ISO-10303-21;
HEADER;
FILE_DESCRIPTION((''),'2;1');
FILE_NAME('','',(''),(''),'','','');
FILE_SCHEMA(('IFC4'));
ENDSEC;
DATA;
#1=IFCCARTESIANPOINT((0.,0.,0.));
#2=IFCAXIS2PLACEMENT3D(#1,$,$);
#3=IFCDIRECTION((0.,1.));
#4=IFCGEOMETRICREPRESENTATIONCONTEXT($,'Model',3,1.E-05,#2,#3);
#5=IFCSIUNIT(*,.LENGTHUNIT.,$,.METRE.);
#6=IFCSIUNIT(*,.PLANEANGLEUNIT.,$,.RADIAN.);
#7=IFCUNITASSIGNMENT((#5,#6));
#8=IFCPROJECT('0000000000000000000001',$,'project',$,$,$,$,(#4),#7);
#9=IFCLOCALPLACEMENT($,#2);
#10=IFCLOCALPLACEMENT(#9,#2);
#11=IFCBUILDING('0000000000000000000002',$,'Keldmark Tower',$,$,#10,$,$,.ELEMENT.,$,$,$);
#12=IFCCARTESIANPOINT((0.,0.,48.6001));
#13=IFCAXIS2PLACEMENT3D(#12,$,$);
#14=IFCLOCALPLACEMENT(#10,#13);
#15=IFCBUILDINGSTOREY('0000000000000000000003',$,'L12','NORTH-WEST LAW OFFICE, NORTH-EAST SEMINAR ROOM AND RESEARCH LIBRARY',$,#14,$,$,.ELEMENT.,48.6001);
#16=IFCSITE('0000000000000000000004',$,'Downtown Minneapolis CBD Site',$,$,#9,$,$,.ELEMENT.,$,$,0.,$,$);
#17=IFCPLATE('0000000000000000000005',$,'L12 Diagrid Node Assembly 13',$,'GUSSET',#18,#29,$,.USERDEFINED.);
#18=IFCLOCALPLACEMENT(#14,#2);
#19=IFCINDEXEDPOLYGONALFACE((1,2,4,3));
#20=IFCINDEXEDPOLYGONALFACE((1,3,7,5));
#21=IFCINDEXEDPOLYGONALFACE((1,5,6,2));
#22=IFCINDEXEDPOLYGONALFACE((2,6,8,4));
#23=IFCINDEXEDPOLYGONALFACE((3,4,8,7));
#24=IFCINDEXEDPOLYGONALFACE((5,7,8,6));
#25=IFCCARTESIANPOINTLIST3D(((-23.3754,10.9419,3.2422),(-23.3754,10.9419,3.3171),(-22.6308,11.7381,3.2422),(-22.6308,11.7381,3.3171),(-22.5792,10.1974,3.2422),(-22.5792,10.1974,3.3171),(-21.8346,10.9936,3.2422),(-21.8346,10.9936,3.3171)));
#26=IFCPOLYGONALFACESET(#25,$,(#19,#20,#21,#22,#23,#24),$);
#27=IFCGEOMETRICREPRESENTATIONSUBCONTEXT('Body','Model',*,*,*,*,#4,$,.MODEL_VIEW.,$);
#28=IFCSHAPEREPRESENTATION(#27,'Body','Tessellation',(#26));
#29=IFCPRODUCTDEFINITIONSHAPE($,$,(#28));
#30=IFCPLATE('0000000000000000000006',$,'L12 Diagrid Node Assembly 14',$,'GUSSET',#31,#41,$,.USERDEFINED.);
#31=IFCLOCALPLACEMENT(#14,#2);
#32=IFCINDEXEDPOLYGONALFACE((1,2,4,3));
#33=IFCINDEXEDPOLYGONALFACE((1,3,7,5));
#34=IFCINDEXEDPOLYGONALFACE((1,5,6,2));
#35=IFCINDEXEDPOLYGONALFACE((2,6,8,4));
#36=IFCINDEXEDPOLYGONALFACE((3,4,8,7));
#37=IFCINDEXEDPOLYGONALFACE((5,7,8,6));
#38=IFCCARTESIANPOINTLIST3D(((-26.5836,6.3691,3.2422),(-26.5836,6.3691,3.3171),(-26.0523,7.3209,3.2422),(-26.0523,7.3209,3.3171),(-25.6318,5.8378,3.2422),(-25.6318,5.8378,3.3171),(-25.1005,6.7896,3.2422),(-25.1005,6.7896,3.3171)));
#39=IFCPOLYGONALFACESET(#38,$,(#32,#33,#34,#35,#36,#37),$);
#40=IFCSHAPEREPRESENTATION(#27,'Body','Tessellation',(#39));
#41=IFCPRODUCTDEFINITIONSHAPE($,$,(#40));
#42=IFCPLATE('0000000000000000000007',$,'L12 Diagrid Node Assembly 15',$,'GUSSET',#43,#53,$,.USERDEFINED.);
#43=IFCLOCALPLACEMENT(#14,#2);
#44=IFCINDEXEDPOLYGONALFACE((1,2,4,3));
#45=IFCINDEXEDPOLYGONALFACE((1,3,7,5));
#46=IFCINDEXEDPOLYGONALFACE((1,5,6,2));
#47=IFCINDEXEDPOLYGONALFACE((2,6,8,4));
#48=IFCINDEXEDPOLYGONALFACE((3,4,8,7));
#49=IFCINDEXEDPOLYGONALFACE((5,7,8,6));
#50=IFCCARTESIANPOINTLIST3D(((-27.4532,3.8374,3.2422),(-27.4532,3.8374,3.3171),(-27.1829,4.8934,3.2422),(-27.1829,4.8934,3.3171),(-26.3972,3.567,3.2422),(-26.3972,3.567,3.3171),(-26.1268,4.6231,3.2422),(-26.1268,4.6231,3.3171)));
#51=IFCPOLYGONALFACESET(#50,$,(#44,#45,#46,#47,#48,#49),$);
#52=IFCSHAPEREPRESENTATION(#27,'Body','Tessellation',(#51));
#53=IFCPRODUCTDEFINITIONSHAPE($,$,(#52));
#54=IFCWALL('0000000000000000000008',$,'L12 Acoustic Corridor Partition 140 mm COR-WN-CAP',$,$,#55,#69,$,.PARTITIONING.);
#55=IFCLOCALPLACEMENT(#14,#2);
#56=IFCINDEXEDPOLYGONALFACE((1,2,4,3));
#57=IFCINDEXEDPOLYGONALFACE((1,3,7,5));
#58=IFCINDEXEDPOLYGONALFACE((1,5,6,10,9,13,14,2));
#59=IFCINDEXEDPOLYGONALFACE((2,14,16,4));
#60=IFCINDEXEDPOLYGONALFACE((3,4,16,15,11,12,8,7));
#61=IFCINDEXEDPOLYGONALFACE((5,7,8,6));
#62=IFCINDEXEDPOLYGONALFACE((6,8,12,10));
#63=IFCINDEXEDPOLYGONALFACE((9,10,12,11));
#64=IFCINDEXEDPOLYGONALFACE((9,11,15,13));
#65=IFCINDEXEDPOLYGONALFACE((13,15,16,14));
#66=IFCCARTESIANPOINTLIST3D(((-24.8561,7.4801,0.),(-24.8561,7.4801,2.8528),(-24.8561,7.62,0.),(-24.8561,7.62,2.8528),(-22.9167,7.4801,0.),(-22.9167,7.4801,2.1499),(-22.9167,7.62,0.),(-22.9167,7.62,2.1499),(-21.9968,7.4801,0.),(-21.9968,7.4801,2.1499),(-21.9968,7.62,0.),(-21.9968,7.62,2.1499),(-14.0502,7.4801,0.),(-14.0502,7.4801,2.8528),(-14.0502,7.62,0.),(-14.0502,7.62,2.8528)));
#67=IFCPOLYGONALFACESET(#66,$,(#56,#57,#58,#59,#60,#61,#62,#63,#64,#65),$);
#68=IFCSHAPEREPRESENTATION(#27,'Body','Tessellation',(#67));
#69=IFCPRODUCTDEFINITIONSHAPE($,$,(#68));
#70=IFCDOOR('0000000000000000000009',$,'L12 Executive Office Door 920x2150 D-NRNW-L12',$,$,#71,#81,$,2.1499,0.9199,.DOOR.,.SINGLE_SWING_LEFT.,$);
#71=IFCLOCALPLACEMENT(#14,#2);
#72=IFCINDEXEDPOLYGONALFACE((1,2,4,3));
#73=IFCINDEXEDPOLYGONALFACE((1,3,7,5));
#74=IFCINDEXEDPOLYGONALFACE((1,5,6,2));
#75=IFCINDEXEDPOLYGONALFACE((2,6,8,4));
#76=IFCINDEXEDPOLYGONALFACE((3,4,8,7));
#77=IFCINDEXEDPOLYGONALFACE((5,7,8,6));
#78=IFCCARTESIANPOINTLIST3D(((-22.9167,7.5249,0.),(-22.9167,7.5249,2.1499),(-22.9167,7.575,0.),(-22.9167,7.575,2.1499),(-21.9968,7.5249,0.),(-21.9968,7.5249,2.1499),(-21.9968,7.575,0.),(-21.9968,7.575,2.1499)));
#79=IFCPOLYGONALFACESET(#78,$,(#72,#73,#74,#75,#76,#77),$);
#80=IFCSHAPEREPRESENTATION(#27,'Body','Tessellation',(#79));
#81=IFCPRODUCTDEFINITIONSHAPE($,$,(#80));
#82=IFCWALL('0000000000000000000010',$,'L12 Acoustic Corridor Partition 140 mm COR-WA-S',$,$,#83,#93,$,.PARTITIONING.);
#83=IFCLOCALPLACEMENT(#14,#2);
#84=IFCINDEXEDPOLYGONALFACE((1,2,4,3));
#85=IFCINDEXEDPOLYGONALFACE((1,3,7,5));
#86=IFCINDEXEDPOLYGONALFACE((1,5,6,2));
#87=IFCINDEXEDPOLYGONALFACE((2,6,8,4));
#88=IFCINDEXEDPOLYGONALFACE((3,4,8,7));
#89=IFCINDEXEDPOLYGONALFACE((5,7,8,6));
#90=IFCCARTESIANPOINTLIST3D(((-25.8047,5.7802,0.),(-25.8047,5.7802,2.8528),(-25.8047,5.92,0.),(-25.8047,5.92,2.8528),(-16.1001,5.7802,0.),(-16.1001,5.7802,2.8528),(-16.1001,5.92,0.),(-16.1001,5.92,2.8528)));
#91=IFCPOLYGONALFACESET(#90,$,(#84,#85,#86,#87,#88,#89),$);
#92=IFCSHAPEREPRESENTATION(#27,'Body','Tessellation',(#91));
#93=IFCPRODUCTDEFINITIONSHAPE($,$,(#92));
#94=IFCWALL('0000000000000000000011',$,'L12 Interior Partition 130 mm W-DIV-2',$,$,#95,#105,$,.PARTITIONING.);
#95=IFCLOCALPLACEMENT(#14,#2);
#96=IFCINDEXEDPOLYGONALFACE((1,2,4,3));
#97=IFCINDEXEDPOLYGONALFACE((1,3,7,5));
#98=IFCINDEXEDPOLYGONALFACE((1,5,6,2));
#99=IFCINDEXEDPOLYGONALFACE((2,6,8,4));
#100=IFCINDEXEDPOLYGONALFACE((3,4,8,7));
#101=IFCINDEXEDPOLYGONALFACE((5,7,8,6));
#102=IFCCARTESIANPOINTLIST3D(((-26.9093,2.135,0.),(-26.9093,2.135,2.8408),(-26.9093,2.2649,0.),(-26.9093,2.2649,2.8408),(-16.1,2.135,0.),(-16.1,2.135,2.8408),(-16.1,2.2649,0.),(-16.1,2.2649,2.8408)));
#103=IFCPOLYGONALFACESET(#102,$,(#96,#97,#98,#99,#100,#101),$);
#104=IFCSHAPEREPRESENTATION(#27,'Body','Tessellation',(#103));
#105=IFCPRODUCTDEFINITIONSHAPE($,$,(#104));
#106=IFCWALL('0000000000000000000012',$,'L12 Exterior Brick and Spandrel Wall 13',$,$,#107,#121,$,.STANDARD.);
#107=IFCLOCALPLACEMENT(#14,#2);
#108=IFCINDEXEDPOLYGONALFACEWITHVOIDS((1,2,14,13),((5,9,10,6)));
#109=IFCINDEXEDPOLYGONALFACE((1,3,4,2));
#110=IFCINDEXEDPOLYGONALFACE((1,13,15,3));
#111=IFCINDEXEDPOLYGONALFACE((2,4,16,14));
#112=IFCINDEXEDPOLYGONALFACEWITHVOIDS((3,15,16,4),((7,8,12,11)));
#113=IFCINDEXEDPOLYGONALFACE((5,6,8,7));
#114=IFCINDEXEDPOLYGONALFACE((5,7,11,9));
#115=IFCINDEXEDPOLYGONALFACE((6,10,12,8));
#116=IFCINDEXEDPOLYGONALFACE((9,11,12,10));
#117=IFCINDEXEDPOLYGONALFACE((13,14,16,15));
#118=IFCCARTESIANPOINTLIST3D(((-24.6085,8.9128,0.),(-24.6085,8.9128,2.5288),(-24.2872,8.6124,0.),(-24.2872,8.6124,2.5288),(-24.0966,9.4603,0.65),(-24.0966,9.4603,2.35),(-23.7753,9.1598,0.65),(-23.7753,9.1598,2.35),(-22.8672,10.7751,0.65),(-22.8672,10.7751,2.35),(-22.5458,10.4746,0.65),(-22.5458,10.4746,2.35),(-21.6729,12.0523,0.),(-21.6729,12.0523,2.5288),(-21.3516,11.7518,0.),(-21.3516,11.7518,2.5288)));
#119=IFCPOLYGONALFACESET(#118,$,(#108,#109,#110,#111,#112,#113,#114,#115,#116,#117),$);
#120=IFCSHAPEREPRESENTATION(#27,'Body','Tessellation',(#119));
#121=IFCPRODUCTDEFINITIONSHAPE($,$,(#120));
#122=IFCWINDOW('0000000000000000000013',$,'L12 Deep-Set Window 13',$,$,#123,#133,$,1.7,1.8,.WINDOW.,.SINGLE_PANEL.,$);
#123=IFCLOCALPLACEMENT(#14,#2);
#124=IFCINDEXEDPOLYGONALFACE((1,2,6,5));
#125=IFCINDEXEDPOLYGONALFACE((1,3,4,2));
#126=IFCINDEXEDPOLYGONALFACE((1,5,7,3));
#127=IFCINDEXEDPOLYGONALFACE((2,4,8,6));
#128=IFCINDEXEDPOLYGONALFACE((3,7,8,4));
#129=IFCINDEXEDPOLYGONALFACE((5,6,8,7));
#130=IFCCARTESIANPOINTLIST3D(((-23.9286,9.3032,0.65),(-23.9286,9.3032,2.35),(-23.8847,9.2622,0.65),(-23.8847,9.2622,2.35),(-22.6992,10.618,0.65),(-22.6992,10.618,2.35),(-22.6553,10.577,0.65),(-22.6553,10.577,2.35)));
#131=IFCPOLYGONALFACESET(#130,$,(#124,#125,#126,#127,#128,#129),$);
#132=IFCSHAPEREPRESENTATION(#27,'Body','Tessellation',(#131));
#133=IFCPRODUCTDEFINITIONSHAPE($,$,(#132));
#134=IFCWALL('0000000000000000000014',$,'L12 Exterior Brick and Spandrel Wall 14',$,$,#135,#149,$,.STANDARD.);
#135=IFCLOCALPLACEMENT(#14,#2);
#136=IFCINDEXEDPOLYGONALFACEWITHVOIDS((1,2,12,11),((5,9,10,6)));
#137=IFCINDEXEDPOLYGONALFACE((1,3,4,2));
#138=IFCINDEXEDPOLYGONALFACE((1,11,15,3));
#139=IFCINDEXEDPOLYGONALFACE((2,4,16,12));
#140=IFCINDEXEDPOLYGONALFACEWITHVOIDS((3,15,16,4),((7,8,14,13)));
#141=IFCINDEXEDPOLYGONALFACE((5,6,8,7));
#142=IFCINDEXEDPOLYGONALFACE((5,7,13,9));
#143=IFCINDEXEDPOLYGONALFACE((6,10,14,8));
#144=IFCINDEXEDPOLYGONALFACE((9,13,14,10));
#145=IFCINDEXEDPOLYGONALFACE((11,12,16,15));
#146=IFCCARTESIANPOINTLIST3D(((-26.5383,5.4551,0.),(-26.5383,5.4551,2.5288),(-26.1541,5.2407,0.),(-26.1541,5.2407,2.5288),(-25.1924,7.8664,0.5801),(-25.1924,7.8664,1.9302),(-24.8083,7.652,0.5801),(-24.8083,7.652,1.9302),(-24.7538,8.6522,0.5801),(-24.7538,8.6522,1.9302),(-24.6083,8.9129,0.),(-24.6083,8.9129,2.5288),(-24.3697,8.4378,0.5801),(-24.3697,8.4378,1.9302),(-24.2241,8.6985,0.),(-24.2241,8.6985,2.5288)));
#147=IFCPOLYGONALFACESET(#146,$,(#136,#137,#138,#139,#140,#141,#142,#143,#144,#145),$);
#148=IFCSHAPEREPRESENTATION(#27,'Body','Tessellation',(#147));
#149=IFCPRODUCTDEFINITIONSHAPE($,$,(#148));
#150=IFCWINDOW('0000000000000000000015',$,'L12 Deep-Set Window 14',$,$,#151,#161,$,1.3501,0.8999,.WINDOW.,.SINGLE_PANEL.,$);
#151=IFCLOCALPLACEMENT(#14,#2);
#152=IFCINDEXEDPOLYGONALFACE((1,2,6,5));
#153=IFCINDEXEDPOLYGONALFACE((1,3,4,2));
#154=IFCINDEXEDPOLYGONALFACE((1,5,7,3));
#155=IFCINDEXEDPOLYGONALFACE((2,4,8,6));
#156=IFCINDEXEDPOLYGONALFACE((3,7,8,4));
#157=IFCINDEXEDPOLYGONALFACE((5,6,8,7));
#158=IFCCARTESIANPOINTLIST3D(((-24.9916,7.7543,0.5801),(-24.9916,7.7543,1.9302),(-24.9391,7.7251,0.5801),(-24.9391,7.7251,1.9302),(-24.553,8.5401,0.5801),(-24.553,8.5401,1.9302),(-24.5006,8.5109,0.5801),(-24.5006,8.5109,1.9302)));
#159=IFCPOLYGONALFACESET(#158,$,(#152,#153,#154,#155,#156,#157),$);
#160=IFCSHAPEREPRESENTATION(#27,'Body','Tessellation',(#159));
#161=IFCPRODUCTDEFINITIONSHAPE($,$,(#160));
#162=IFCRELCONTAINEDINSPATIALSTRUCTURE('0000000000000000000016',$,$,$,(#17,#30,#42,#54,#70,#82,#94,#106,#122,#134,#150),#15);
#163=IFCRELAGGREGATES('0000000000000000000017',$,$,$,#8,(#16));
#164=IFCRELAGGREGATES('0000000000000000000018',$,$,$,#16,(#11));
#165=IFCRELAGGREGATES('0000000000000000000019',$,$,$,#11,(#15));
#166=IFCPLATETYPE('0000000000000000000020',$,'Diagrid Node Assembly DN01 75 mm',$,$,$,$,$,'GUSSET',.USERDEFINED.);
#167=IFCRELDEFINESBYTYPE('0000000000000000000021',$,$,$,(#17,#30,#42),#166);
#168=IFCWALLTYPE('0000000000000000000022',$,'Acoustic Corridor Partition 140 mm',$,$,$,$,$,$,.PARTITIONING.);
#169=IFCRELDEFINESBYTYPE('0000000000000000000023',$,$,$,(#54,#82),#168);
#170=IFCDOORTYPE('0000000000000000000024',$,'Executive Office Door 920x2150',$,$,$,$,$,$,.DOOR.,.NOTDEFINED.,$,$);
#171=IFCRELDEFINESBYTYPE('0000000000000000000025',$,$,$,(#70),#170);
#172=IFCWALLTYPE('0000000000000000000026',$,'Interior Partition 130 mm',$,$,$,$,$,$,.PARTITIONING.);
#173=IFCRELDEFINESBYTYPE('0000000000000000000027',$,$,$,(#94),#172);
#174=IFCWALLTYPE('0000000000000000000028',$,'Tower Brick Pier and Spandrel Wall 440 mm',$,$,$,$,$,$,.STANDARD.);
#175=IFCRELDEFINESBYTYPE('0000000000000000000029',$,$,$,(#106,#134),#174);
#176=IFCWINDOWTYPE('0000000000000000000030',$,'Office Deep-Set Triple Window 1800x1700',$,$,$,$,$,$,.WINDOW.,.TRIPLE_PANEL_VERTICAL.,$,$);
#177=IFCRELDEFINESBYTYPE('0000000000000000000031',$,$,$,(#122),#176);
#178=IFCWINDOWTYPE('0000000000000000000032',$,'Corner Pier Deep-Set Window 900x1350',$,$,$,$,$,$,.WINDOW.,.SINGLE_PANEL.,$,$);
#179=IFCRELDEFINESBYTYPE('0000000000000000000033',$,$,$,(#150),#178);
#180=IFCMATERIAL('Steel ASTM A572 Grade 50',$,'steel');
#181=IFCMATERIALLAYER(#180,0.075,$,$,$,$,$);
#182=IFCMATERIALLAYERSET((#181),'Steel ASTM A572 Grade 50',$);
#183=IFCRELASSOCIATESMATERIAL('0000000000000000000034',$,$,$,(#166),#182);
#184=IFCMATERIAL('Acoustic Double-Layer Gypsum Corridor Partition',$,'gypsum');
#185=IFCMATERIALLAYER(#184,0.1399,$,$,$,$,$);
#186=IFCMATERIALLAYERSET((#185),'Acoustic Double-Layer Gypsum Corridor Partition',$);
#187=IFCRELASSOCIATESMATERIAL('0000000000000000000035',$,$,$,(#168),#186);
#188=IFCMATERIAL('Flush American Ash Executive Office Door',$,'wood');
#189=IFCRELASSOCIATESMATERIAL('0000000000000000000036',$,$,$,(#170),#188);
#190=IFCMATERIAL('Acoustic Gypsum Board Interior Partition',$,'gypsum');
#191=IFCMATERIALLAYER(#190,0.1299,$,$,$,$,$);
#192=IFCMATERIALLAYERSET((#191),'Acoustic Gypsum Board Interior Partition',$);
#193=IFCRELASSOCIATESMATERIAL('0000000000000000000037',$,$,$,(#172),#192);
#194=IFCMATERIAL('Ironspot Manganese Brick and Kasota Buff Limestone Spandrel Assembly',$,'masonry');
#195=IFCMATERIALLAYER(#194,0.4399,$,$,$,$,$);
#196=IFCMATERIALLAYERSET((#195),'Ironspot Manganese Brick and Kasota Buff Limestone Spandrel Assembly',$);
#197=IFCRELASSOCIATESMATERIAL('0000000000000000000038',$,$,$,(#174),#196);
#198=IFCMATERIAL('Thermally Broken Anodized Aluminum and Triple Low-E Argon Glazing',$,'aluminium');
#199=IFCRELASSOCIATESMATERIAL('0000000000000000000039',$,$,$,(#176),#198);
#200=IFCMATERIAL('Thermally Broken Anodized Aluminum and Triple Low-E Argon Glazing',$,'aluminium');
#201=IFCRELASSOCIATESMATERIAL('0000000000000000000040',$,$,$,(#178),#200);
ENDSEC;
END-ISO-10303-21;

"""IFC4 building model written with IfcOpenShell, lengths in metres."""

from ifc_helpers import new_model, si_unit, direction, frame, frame_2d, origin, origin_2d, place, context, subcontext, project, spatial, rectangle, extrude, material, layer, layer_set, type_object, element, fill, save


model = new_model("IFC4")

# Units and contexts
model_context = context("Model", 3, precision=1e-05, world=origin(), true_north=direction((0.0, 1.0)))
body_context = subcontext(model_context, "Body", "Model", "MODEL_VIEW")
ifc_project = project(units=[si_unit("LENGTHUNIT", "METRE"), si_unit("PLANEANGLEUNIT", "RADIAN")], contexts=[model_context])

# Site, building, storey
site_placement = place(None, origin())
site = spatial("IfcSite", under=ifc_project, at=site_placement, Name="Downtown Minneapolis CBD Site", CompositionType="ELEMENT", RefElevation=0.0)
building_placement = place(site_placement, origin())
building = spatial("IfcBuilding", under=site, at=building_placement, Name="Keldmark Tower", CompositionType="ELEMENT")
storey_placement = place(building_placement, frame((0.0, 0.0, 48.6001)))
storey = spatial("IfcBuildingStorey", under=building, at=storey_placement, Name="L12", Description="NORTH-WEST LAW OFFICE, NORTH-EAST SEMINAR ROOM AND RESEARCH LIBRARY", CompositionType="ELEMENT", Elevation=48.6001)

# Plates
ifc_material_1 = material(Name="Steel ASTM A572 Grade 50", Category="steel")
ifc_layer_1 = layer(ifc_material_1, 0.075)
ifc_layer_set_1 = layer_set([ifc_layer_1], Name="Steel ASTM A572 Grade 50")
plate_type = type_object("IfcPlateType", Name="Diagrid Node Assembly DN01 75 mm", ElementType="GUSSET", PredefinedType="USERDEFINED", material=ifc_layer_set_1)
for number, where, z_axis, x_axis, name in (
    (1, (-22.605, 10.9678, 3.2422), (0.0, 0.0, 1.0), (-0.683019, -0.730401, 0.0), "L12 Diagrid Node Assembly 13"),
    (2, (-25.842, 6.5793, 3.2422), (0.0, 0.0, 1.0), (-0.487403, -0.873177, 0.0), "L12 Diagrid Node Assembly 14"),
    (3, (-26.79, 4.2302, 3.2422), (0.0, 0.0, 1.0), (-0.248014, -0.968757, 0.0), "L12 Diagrid Node Assembly 15"),
):
    element("IfcPlate", number, at=place(storey_placement, frame(where, z_axis=z_axis, x_axis=x_axis)), inside=storey, type_object=plate_type, Name=name, ObjectType="GUSSET", PredefinedType="USERDEFINED", context=body_context, shape_type="SweptSolid", body=[
        extrude(rectangle(XDim=1.0901, YDim=1.0901, at=origin_2d()), origin(), (0.0, 0.0, 1.0), 0.075),
    ])

# Wall, opening, door
ifc_material_2 = material(Name="Acoustic Double-Layer Gypsum Corridor Partition", Category="gypsum")
ifc_layer_2 = layer(ifc_material_2, 0.1399)
ifc_layer_set_2 = layer_set([ifc_layer_2], Name="Acoustic Double-Layer Gypsum Corridor Partition")
wall_type_1 = type_object("IfcWallType", Name="Acoustic Corridor Partition 140 mm", PredefinedType="PARTITIONING", material=ifc_layer_set_2)
wall_1_placement = place(storey_placement, frame((-24.856, 7.55, 0.0), z_axis=(0.0, 0.0, 1.0), x_axis=(1.0, 0.0, 0.0)))
wall_1 = element("IfcWall", 4, at=wall_1_placement, inside=storey, type_object=wall_type_1, Name="L12 Acoustic Corridor Partition 140 mm COR-WN-CAP", PredefinedType="PARTITIONING", context=body_context, shape_type="SweptSolid", body=[
    extrude(rectangle(XDim=10.8059, YDim=0.1399, at=frame_2d((5.4028, 0.0))), origin(), (0.0, 0.0, 1.0), 2.8528),
])
opening_1_placement = place(wall_1_placement, frame((1.9392, 0.0, 0.0)))
opening_1 = element("IfcOpeningElement", 5, at=opening_1_placement, cuts=wall_1, PredefinedType="OPENING", context=body_context, shape_type="SweptSolid", body=[
    extrude(rectangle(XDim=0.9199, YDim=2.1499, at=frame_2d((0.46, 1.075))), frame((0.0, 0.0798, 0.0), z_axis=(0.0, -1.0, 0.0), x_axis=(1.0, 0.0, 0.0)), (0.0, 0.0, 1.0), 0.1599),
])
ifc_material_3 = material(Name="Flush American Ash Executive Office Door", Category="wood")
door_type = type_object("IfcDoorType", Name="Executive Office Door 920x2150", OperationType="NOTDEFINED", PredefinedType="DOOR", material=ifc_material_3)
door_placement = place(opening_1_placement, origin())
door = element("IfcDoor", 6, at=door_placement, inside=storey, type_object=door_type, Name="L12 Executive Office Door 920x2150 D-NRNW-L12", OperationType="SINGLE_SWING_LEFT", OverallHeight=2.1499, OverallWidth=0.9199, PredefinedType="DOOR", context=body_context, shape_type="SweptSolid", body=[
    extrude(rectangle(XDim=0.9199, YDim=2.1499, at=frame_2d((0.46, 1.075))), frame((0.0, 0.0249, 0.0), z_axis=(0.0, -1.0, 0.0), x_axis=(1.0, 0.0, 0.0)), (0.0, 0.0, 1.0), 0.05),
])
fill(opening_1, door)

# Walls
wall_2_placement = place(storey_placement, frame((-25.8047, 5.8501, 0.0), z_axis=(0.0, 0.0, 1.0), x_axis=(1.0, 0.0, 0.0)))
element("IfcWall", 7, at=wall_2_placement, inside=storey, type_object=wall_type_1, Name="L12 Acoustic Corridor Partition 140 mm COR-WA-S", PredefinedType="PARTITIONING", context=body_context, shape_type="SweptSolid", body=[
    extrude(rectangle(XDim=9.7046, YDim=0.1399, at=frame_2d((4.8523, 0.0))), origin(), (0.0, 0.0, 1.0), 2.8528),
])
ifc_material_4 = material(Name="Acoustic Gypsum Board Interior Partition", Category="gypsum")
ifc_layer_3 = layer(ifc_material_4, 0.1299)
ifc_layer_set_3 = layer_set([ifc_layer_3], Name="Acoustic Gypsum Board Interior Partition")
wall_type_2 = type_object("IfcWallType", Name="Interior Partition 130 mm", PredefinedType="PARTITIONING", material=ifc_layer_set_3)
wall_3_placement = place(storey_placement, frame((-26.9094, 2.2, 0.0), z_axis=(0.0, 0.0, 1.0), x_axis=(1.0, 0.0, 0.0)))
element("IfcWall", 8, at=wall_3_placement, inside=storey, type_object=wall_type_2, Name="L12 Interior Partition 130 mm W-DIV-2", PredefinedType="PARTITIONING", context=body_context, shape_type="SweptSolid", body=[
    extrude(rectangle(XDim=10.8093, YDim=0.1299, at=frame_2d((5.4048, 0.0))), origin(), (0.0, 0.0, 1.0), 2.8408),
])

# Walls, openings, windows
ifc_material_5 = material(Name="Ironspot Manganese Brick and Kasota Buff Limestone Spandrel Assembly", Category="masonry")
ifc_layer_4 = layer(ifc_material_5, 0.4399)
ifc_layer_set_4 = layer_set([ifc_layer_4], Name="Ironspot Manganese Brick and Kasota Buff Limestone Spandrel Assembly")
wall_type_3 = type_object("IfcWallType", Name="Tower Brick Pier and Spandrel Wall 440 mm", PredefinedType="STANDARD", material=ifc_layer_set_4)
wall_4_placement = place(storey_placement, frame((-24.4478, 8.7627, 0.0), z_axis=(0.0, 0.0, 1.0), x_axis=(0.682994, 0.730424, 0.0)))
wall_4 = element("IfcWall", 9, at=wall_4_placement, inside=storey, type_object=wall_type_3, Name="L12 Exterior Brick and Spandrel Wall 13", PredefinedType="STANDARD", context=body_context, shape_type="SweptSolid", body=[
    extrude(rectangle(XDim=4.2981, YDim=0.4399, at=frame_2d((2.1489, 0.0))), origin(), (0.0, 0.0, 1.0), 2.5288),
])
opening_2_placement = place(wall_4_placement, frame((0.7495, 0.0, 0.6499)))
opening_2 = element("IfcOpeningElement", 10, at=opening_2_placement, cuts=wall_4, PredefinedType="OPENING", context=body_context, shape_type="SweptSolid", body=[
    extrude(rectangle(XDim=1.8, YDim=1.7, at=frame_2d((0.8999, 0.8501))), frame((0.0, 0.23, 0.0), z_axis=(0.0, -1.0, 0.0), x_axis=(1.0, 0.0, 0.0)), (0.0, 0.0, 1.0), 0.46),
])
ifc_material_6 = material(Name="Thermally Broken Anodized Aluminum and Triple Low-E Argon Glazing", Category="aluminium")
window_type_1 = type_object("IfcWindowType", Name="Office Deep-Set Triple Window 1800x1700", PartitioningType="TRIPLE_PANEL_VERTICAL", PredefinedType="WINDOW", material=ifc_material_6)
window_1_placement = place(opening_2_placement, origin())
window_1 = element("IfcWindow", 11, at=window_1_placement, inside=storey, type_object=window_type_1, Name="L12 Deep-Set Window 13", OverallHeight=1.7, OverallWidth=1.8, PartitioningType="SINGLE_PANEL", PredefinedType="WINDOW", context=body_context, shape_type="SweptSolid", body=[
    extrude(rectangle(XDim=1.8, YDim=1.7, at=frame_2d((0.8999, 0.8501))), frame((0.0, -0.01, 0.0), z_axis=(0.0, -1.0, 0.0), x_axis=(1.0, 0.0, 0.0)), (0.0, 0.0, 1.0), 0.0601),
])
fill(opening_2, window_1)
wall_5_placement = place(storey_placement, frame((-26.3462, 5.3479, 0.0), z_axis=(0.0, 0.0, 1.0), x_axis=(0.487369, 0.873196, 0.0)))
wall_5 = element("IfcWall", 12, at=wall_5_placement, inside=storey, type_object=wall_type_3, Name="L12 Exterior Brick and Spandrel Wall 14", PredefinedType="STANDARD", context=body_context, shape_type="SweptSolid", body=[
    extrude(rectangle(XDim=3.96, YDim=0.4399, at=frame_2d((1.98, 0.0))), origin(), (0.0, 0.0, 1.0), 2.5288),
])
opening_3_placement = place(wall_5_placement, frame((2.7615, 0.0, 0.5801)))
opening_3 = element("IfcOpeningElement", 13, at=opening_3_placement, cuts=wall_5, PredefinedType="OPENING", context=body_context, shape_type="SweptSolid", body=[
    extrude(rectangle(XDim=0.8999, YDim=1.3501, at=frame_2d((0.45, 0.675))), frame((0.0, 0.23, 0.0), z_axis=(0.0, -1.0, 0.0), x_axis=(1.0, 0.0, 0.0)), (0.0, 0.0, 1.0), 0.46),
])
ifc_material_7 = material(Name="Thermally Broken Anodized Aluminum and Triple Low-E Argon Glazing", Category="aluminium")
window_type_2 = type_object("IfcWindowType", Name="Corner Pier Deep-Set Window 900x1350", PartitioningType="SINGLE_PANEL", PredefinedType="WINDOW", material=ifc_material_7)
window_2_placement = place(opening_3_placement, origin())
window_2 = element("IfcWindow", 14, at=window_2_placement, inside=storey, type_object=window_type_2, Name="L12 Deep-Set Window 14", OverallHeight=1.3501, OverallWidth=0.8999, PartitioningType="SINGLE_PANEL", PredefinedType="WINDOW", context=body_context, shape_type="SweptSolid", body=[
    extrude(rectangle(XDim=0.8999, YDim=1.3501, at=frame_2d((0.45, 0.675))), frame((0.0, -0.01, 0.0), z_axis=(0.0, -1.0, 0.0), x_axis=(1.0, 0.0, 0.0)), (0.0, 0.0, 1.0), 0.0601),
])
fill(opening_3, window_2)

save(model, "model.ifc")
